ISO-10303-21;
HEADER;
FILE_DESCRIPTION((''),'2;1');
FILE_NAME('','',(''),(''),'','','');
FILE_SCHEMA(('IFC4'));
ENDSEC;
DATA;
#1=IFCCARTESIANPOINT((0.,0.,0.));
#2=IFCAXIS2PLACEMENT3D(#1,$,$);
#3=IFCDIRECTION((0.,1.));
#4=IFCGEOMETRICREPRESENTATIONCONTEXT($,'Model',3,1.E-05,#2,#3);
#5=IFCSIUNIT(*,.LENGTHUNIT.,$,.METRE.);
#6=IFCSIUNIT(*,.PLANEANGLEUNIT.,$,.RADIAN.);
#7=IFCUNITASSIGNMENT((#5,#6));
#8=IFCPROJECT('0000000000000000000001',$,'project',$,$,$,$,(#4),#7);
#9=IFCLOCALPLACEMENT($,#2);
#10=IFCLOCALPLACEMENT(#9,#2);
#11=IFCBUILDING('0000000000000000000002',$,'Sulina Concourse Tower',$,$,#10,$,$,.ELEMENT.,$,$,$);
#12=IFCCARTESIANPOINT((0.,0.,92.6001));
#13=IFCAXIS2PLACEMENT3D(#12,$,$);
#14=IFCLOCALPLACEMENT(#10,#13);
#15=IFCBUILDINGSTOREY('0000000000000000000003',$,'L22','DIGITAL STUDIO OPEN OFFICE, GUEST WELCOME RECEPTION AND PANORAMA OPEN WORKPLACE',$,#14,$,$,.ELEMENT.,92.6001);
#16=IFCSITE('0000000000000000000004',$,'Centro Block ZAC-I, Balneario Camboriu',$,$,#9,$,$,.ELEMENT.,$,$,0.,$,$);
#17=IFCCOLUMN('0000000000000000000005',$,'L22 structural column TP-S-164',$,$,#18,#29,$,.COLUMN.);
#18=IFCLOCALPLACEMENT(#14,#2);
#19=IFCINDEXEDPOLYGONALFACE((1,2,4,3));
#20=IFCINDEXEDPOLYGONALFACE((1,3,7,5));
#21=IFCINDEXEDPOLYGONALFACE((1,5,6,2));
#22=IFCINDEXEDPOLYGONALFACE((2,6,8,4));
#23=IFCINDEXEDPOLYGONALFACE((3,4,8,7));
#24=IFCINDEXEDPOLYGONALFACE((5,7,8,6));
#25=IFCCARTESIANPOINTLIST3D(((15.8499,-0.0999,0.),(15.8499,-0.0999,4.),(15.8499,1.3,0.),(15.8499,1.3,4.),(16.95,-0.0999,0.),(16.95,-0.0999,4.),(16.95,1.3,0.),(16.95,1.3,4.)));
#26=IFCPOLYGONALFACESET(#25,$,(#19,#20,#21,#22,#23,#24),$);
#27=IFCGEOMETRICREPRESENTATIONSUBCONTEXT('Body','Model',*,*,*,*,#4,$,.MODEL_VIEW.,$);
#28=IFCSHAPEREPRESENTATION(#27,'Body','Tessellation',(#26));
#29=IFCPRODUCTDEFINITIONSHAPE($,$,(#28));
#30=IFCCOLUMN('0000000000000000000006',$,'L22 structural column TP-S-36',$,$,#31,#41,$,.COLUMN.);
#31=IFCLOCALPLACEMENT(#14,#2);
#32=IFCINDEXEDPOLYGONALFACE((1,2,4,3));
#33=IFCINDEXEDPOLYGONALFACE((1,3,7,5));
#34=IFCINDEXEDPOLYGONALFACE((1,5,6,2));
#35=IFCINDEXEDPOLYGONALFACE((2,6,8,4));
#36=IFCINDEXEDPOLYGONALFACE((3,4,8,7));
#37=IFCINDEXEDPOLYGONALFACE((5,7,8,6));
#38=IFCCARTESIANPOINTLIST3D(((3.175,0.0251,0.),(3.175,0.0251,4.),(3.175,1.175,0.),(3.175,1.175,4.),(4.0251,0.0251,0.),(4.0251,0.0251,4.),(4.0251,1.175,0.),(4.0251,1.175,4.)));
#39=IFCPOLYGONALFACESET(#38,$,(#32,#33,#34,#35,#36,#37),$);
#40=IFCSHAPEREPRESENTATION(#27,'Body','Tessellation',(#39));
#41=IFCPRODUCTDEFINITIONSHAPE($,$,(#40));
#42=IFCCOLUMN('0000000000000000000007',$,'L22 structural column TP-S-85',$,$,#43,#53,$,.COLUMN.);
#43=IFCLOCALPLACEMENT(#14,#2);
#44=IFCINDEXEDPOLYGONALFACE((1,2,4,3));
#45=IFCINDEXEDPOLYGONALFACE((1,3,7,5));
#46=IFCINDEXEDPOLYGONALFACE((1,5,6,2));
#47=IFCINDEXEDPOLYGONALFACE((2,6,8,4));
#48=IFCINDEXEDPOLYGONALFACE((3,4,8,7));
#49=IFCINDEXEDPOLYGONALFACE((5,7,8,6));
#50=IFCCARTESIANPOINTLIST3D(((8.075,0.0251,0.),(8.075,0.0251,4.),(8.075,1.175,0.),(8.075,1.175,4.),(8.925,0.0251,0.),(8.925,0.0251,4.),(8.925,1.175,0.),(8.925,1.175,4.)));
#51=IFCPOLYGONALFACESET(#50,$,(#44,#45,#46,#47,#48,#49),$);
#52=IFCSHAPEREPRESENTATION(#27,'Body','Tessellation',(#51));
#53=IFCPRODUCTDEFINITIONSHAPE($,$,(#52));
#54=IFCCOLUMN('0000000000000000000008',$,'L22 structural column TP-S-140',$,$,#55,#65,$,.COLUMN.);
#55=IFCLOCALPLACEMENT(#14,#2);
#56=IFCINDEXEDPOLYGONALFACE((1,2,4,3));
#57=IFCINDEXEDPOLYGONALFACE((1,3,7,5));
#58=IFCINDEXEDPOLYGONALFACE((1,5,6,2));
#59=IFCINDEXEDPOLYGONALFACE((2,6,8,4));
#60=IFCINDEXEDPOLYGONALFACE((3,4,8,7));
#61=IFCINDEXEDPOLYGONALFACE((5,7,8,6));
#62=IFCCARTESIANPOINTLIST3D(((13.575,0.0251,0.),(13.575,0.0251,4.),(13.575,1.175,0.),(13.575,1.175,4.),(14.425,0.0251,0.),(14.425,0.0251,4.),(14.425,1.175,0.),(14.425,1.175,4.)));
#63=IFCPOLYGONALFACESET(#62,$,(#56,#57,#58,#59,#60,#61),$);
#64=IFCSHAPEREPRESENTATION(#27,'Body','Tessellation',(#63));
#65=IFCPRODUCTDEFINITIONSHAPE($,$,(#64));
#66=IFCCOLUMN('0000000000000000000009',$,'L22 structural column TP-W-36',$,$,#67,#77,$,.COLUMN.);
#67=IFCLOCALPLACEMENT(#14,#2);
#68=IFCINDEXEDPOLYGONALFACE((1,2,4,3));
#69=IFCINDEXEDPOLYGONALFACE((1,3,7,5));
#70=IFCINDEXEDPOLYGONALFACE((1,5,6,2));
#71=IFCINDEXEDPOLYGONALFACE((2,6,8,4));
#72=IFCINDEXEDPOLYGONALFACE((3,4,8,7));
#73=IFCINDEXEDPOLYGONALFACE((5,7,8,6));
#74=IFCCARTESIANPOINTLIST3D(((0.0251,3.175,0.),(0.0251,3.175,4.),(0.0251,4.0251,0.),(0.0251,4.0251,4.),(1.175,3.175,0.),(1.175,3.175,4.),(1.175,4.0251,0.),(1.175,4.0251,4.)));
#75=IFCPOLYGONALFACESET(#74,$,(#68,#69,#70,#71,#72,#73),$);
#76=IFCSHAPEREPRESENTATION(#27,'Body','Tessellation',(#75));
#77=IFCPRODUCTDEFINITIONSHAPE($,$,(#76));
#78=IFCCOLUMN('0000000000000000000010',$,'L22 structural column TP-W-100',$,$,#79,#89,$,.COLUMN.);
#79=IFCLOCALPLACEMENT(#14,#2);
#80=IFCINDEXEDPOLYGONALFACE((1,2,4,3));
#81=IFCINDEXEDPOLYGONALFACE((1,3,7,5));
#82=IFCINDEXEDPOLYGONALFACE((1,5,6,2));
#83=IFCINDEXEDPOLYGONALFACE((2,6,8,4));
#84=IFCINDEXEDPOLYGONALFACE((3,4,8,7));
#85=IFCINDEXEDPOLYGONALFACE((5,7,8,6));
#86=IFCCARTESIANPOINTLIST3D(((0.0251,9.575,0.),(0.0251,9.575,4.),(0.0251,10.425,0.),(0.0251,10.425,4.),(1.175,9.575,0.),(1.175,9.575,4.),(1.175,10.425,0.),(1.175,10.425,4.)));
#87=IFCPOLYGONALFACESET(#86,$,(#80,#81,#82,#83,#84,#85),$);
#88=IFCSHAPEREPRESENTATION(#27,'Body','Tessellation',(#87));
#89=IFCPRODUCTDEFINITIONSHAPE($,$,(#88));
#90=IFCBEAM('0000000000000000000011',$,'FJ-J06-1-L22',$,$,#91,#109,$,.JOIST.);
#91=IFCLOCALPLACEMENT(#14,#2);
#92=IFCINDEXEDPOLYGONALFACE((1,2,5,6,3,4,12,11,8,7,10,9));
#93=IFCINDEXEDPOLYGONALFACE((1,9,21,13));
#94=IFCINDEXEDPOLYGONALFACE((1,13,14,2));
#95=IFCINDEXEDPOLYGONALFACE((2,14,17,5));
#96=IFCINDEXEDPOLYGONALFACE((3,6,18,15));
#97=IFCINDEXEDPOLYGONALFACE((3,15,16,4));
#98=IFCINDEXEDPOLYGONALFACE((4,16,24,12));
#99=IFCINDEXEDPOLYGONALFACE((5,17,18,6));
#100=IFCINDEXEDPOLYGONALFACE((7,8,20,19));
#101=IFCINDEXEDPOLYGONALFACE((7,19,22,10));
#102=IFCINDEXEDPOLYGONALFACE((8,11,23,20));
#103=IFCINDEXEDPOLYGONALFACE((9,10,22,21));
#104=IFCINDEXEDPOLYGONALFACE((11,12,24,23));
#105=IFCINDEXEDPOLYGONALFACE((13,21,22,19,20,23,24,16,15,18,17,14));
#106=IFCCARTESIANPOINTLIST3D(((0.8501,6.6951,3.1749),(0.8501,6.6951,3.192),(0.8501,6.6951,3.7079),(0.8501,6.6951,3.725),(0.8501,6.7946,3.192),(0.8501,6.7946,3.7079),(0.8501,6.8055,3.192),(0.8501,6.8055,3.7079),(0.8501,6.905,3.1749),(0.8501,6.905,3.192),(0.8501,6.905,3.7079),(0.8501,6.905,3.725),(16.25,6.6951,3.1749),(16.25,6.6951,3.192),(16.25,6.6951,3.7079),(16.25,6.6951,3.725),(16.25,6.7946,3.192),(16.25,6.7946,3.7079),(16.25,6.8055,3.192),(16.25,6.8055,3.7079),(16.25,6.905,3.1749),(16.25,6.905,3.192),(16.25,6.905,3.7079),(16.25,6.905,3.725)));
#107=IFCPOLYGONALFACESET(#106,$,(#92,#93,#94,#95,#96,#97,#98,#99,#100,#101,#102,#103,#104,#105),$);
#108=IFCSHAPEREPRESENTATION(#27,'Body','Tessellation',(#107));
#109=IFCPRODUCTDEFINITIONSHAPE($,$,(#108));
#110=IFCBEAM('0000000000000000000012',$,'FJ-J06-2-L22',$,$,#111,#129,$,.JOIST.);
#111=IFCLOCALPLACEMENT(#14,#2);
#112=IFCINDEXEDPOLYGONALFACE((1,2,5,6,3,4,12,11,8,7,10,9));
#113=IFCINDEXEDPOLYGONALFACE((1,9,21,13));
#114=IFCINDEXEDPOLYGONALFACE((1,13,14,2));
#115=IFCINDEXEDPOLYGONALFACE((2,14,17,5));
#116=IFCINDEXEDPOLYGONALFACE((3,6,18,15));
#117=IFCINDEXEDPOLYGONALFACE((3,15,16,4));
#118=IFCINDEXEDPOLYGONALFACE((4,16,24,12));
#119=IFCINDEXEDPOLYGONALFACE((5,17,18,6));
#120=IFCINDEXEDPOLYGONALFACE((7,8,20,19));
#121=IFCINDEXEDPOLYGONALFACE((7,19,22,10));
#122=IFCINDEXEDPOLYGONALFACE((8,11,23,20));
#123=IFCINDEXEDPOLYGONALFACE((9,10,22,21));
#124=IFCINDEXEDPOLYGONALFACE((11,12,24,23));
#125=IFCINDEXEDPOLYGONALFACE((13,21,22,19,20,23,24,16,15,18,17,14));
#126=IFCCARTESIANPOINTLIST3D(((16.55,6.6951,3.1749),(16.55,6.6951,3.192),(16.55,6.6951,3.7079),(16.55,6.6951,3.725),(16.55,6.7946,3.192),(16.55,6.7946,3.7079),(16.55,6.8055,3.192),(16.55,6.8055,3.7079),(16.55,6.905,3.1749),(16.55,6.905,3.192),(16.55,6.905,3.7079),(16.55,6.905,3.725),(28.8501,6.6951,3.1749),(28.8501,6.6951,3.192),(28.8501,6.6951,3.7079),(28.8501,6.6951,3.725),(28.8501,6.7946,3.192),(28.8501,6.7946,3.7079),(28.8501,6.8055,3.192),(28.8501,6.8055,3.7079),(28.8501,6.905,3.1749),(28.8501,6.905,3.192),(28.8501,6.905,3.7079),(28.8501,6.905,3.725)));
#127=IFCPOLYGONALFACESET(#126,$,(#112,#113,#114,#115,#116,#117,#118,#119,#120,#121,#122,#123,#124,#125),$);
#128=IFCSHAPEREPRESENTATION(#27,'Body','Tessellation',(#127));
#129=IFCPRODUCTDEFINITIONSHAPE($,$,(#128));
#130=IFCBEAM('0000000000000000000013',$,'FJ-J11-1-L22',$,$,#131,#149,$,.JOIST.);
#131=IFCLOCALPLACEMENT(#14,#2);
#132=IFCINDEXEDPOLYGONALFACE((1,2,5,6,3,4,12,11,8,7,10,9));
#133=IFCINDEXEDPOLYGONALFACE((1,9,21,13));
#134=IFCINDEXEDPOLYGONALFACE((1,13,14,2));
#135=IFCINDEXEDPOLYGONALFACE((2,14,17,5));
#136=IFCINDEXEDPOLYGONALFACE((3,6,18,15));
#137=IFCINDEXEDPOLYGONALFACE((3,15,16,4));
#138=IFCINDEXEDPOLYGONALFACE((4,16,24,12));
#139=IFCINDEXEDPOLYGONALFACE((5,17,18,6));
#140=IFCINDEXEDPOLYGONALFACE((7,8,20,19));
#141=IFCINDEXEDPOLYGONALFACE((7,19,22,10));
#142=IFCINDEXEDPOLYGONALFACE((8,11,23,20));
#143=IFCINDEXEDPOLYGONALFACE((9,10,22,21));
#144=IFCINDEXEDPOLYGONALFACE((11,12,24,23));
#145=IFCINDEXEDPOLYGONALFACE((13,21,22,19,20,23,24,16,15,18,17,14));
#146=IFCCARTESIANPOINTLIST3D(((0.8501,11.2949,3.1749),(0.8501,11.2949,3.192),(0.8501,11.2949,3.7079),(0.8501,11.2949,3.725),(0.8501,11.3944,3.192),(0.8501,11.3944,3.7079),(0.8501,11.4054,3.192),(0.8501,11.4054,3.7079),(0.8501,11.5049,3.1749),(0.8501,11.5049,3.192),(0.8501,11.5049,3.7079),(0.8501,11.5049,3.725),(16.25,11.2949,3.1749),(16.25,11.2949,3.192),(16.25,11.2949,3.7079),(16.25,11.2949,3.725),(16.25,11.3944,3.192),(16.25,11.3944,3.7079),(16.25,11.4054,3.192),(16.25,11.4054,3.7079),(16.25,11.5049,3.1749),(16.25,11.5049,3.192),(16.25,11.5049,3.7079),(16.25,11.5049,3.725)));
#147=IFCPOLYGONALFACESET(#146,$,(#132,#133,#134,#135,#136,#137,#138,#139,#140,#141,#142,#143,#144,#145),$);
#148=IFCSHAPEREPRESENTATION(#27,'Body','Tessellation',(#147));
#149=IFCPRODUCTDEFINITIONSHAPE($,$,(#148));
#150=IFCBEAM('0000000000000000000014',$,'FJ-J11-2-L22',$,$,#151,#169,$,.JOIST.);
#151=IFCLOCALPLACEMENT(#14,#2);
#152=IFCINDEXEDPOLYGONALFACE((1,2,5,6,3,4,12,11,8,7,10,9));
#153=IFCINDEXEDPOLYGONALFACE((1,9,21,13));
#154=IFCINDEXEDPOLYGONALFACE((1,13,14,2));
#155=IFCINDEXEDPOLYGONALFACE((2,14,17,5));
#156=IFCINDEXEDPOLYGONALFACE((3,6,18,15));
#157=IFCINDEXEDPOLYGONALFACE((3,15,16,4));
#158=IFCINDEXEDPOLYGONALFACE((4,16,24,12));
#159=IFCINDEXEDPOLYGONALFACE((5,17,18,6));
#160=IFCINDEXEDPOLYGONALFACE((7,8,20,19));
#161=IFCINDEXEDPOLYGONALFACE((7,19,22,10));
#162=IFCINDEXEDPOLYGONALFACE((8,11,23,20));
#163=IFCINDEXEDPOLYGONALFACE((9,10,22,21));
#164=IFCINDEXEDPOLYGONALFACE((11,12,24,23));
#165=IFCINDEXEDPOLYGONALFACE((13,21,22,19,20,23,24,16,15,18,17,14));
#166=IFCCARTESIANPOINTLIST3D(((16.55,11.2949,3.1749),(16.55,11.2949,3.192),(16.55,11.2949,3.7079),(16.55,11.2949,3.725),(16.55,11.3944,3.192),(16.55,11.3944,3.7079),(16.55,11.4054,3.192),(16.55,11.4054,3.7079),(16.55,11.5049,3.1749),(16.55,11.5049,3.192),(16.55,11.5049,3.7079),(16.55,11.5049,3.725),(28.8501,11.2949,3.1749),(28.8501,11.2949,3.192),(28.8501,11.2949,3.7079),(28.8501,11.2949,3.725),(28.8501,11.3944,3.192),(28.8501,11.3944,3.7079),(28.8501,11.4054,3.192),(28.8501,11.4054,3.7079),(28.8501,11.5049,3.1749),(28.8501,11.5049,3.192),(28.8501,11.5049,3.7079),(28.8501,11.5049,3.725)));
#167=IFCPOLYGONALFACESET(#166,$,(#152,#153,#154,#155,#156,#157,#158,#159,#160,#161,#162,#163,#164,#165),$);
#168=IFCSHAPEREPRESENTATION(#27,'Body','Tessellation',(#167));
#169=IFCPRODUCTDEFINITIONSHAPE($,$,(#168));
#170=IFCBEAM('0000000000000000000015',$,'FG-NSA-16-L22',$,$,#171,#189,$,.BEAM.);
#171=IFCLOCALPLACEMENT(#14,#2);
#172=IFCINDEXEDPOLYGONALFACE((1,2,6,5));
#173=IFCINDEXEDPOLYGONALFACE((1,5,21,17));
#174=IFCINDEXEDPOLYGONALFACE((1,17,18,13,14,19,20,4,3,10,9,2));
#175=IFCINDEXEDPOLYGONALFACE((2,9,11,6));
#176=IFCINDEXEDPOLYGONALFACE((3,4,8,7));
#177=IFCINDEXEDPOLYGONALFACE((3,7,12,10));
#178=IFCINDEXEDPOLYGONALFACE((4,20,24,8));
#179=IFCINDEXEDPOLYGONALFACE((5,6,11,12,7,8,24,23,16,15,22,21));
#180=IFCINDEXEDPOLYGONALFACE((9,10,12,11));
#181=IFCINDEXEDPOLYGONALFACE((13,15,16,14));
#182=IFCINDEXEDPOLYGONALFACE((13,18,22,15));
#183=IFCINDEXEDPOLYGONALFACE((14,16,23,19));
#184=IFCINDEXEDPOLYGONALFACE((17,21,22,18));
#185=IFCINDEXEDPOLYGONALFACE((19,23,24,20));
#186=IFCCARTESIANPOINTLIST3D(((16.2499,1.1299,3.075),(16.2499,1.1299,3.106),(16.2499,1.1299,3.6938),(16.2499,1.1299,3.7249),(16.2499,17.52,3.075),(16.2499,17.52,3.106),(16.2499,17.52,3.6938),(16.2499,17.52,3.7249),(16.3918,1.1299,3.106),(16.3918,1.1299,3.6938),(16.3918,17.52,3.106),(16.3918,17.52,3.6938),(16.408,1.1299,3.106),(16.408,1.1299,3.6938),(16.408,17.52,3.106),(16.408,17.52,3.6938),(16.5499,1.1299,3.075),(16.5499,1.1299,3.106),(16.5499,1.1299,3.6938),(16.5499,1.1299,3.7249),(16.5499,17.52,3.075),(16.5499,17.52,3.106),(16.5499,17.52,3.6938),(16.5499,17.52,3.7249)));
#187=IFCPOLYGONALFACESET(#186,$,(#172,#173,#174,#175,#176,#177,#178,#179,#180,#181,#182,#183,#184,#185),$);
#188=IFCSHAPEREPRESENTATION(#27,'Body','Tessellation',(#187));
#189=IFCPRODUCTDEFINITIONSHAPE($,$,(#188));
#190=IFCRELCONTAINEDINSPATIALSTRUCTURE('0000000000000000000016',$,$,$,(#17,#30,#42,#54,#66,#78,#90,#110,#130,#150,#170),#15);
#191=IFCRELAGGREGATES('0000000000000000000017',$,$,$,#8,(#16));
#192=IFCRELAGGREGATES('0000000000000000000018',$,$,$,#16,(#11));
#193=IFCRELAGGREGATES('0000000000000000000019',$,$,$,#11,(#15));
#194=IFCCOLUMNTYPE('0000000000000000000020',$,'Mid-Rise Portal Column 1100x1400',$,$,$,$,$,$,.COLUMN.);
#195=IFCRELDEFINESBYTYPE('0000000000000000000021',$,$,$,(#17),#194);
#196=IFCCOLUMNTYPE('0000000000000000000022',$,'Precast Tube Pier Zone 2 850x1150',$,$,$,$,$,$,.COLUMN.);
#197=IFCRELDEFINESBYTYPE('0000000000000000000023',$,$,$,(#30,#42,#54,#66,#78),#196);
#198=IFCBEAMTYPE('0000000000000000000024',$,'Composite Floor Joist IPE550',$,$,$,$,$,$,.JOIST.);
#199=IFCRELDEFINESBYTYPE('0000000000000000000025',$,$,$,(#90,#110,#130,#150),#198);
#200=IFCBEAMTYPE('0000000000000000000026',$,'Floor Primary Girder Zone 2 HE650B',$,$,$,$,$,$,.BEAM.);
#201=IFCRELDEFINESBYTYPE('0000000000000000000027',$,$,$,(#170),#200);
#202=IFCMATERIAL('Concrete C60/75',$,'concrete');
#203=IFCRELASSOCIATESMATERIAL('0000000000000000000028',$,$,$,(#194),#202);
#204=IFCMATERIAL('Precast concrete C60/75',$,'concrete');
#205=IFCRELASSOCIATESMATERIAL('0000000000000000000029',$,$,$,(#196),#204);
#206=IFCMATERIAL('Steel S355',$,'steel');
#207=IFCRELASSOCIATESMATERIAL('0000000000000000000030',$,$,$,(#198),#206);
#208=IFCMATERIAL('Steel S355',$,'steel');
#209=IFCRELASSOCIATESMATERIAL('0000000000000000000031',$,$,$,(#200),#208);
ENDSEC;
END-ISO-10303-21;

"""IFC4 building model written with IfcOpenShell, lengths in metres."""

from ifc_helpers import new_model, si_unit, direction, frame, origin, origin_2d, place, context, subcontext, project, spatial, rectangle, i_section, extrude, material, material_profile, profile_set, type_object, element, save


model = new_model("IFC4")

# Units and contexts
model_context = context("Model", 3, precision=1e-05, world=origin(), true_north=direction((0.0, 1.0)))
body_context = subcontext(model_context, "Body", "Model", "MODEL_VIEW")
ifc_project = project(units=[si_unit("LENGTHUNIT", "METRE"), si_unit("PLANEANGLEUNIT", "RADIAN")], contexts=[model_context])

# Site, building, storey
site_placement = place(None, origin())
site = spatial("IfcSite", under=ifc_project, at=site_placement, Name="Centro Block ZAC-I, Balneario Camboriu", CompositionType="ELEMENT", RefElevation=0.0)
building_placement = place(site_placement, origin())
building = spatial("IfcBuilding", under=site, at=building_placement, Name="Sulina Concourse Tower", CompositionType="ELEMENT")
storey_placement = place(building_placement, frame((0.0, 0.0, 92.6001)))
storey = spatial("IfcBuildingStorey", under=building, at=storey_placement, Name="L22", Description="DIGITAL STUDIO OPEN OFFICE, GUEST WELCOME RECEPTION AND PANORAMA OPEN WORKPLACE", CompositionType="ELEMENT", Elevation=92.6001)

# Columns
ifc_material_1 = material(Name="Concrete C60/75", Category="concrete")
ifc_material_profile_1 = material_profile(ifc_material_1, rectangle(XDim=1.1001, YDim=1.3999, at=origin_2d()), Name="RC 1100x1400")
ifc_profile_set_1 = profile_set([ifc_material_profile_1], Name="Concrete C60/75")
column_type_1 = type_object("IfcColumnType", Name="Mid-Rise Portal Column 1100x1400", PredefinedType="COLUMN", material=ifc_profile_set_1)
column_placement = place(storey_placement, frame((16.3999, 0.6001, 0.0), z_axis=(0.0, 0.0, 1.0), x_axis=(1.0, 0.0, 0.0)))
element("IfcColumn", 1, at=column_placement, inside=storey, type_object=column_type_1, Name="L22 structural column TP-S-164", PredefinedType="COLUMN", context=body_context, shape_type="SweptSolid", body=[
    extrude(rectangle(XDim=1.1001, YDim=1.3999, at=origin_2d()), origin(), (0.0, 0.0, 1.0), 4.0),
])
ifc_material_2 = material(Name="Precast concrete C60/75", Category="concrete")
ifc_material_profile_2 = material_profile(ifc_material_2, rectangle(XDim=0.8501, YDim=1.1499, at=origin_2d()), Name="PC 850x1150")
ifc_profile_set_2 = profile_set([ifc_material_profile_2], Name="Precast concrete C60/75")
column_type_2 = type_object("IfcColumnType", Name="Precast Tube Pier Zone 2 850x1150", PredefinedType="COLUMN", material=ifc_profile_set_2)
for number, where, z_axis, x_axis, name in (
    (2, (3.6001, 0.6001, 0.0), (0.0, 0.0, 1.0), (1.0, 0.0, 0.0), "L22 structural column TP-S-36"),
    (3, (8.5, 0.6001, 0.0), (0.0, 0.0, 1.0), (1.0, 0.0, 0.0), "L22 structural column TP-S-85"),
    (4, (14.0, 0.6001, 0.0), (0.0, 0.0, 1.0), (1.0, 0.0, 0.0), "L22 structural column TP-S-140"),
    (5, (0.6001, 3.6001, 0.0), (0.0, 0.0, 1.0), (0.0, 1.0, 0.0), "L22 structural column TP-W-36"),
    (6, (0.6001, 10.0, 0.0), (0.0, 0.0, 1.0), (0.0, 1.0, 0.0), "L22 structural column TP-W-100"),
):
    element("IfcColumn", number, at=place(storey_placement, frame(where, z_axis=z_axis, x_axis=x_axis)), inside=storey, type_object=column_type_2, Name=name, PredefinedType="COLUMN", context=body_context, shape_type="SweptSolid", body=[
        extrude(rectangle(XDim=0.8501, YDim=1.1499, at=origin_2d()), origin(), (0.0, 0.0, 1.0), 4.0),
    ])

# Beams
ifc_material_3 = material(Name="Steel S355", Category="steel")
ifc_material_profile_3 = material_profile(ifc_material_3, i_section(OverallWidth=0.21, OverallDepth=0.55, WebThickness=0.011, FlangeThickness=0.0171, at=origin_2d()), Name="IPE 550")
ifc_profile_set_3 = profile_set([ifc_material_profile_3], Name="Steel S355")
beam_type_1 = type_object("IfcBeamType", Name="Composite Floor Joist IPE550", PredefinedType="JOIST", material=ifc_profile_set_3)
beam_1_placement = place(storey_placement, frame((0.8501, 6.8, 3.45), z_axis=(1.0, 0.0, 0.0), x_axis=(0.0, 1.0, 0.0)))
element("IfcBeam", 7, at=beam_1_placement, inside=storey, type_object=beam_type_1, Name="FJ-J06-1-L22", PredefinedType="JOIST", context=body_context, shape_type="SweptSolid", body=[
    extrude(i_section(OverallWidth=0.21, OverallDepth=0.55, WebThickness=0.011, FlangeThickness=0.0171, at=origin_2d()), origin(), (0.0, 0.0, 1.0), 15.3999),
])
beam_2_placement = place(storey_placement, frame((16.55, 6.8, 3.45), z_axis=(1.0, 0.0, 0.0), x_axis=(0.0, 1.0, 0.0)))
element("IfcBeam", 8, at=beam_2_placement, inside=storey, type_object=beam_type_1, Name="FJ-J06-2-L22", PredefinedType="JOIST", context=body_context, shape_type="SweptSolid", body=[
    extrude(i_section(OverallWidth=0.21, OverallDepth=0.55, WebThickness=0.011, FlangeThickness=0.0171, at=origin_2d()), origin(), (0.0, 0.0, 1.0), 12.3),
])
beam_3_placement = place(storey_placement, frame((0.8501, 11.3999, 3.45), z_axis=(1.0, 0.0, 0.0), x_axis=(0.0, 1.0, 0.0)))
element("IfcBeam", 9, at=beam_3_placement, inside=storey, type_object=beam_type_1, Name="FJ-J11-1-L22", PredefinedType="JOIST", context=body_context, shape_type="SweptSolid", body=[
    extrude(i_section(OverallWidth=0.21, OverallDepth=0.55, WebThickness=0.011, FlangeThickness=0.0171, at=origin_2d()), origin(), (0.0, 0.0, 1.0), 15.3999),
])
beam_4_placement = place(storey_placement, frame((16.55, 11.3999, 3.45), z_axis=(1.0, 0.0, 0.0), x_axis=(0.0, 1.0, 0.0)))
element("IfcBeam", 10, at=beam_4_placement, inside=storey, type_object=beam_type_1, Name="FJ-J11-2-L22", PredefinedType="JOIST", context=body_context, shape_type="SweptSolid", body=[
    extrude(i_section(OverallWidth=0.21, OverallDepth=0.55, WebThickness=0.011, FlangeThickness=0.0171, at=origin_2d()), origin(), (0.0, 0.0, 1.0), 12.3),
])
ifc_material_4 = material(Name="Steel S355", Category="steel")
ifc_material_profile_4 = material_profile(ifc_material_4, i_section(OverallWidth=0.3, OverallDepth=0.6499, WebThickness=0.0161, FlangeThickness=0.031, at=origin_2d()), Name="HE 650 B")
ifc_profile_set_4 = profile_set([ifc_material_profile_4], Name="Steel S355")
beam_type_2 = type_object("IfcBeamType", Name="Floor Primary Girder Zone 2 HE650B", PredefinedType="BEAM", material=ifc_profile_set_4)
beam_5_placement = place(storey_placement, frame((16.3999, 1.1299, 3.3999), z_axis=(0.0, 1.0, 0.0), x_axis=(-1.0, 0.0, 0.0)))
element("IfcBeam", 11, at=beam_5_placement, inside=storey, type_object=beam_type_2, Name="FG-NSA-16-L22", PredefinedType="BEAM", context=body_context, shape_type="SweptSolid", body=[
    extrude(i_section(OverallWidth=0.3, OverallDepth=0.6499, WebThickness=0.0161, FlangeThickness=0.031, at=origin_2d()), origin(), (0.0, 0.0, 1.0), 16.3901),
])

save(model, "model.ifc")
